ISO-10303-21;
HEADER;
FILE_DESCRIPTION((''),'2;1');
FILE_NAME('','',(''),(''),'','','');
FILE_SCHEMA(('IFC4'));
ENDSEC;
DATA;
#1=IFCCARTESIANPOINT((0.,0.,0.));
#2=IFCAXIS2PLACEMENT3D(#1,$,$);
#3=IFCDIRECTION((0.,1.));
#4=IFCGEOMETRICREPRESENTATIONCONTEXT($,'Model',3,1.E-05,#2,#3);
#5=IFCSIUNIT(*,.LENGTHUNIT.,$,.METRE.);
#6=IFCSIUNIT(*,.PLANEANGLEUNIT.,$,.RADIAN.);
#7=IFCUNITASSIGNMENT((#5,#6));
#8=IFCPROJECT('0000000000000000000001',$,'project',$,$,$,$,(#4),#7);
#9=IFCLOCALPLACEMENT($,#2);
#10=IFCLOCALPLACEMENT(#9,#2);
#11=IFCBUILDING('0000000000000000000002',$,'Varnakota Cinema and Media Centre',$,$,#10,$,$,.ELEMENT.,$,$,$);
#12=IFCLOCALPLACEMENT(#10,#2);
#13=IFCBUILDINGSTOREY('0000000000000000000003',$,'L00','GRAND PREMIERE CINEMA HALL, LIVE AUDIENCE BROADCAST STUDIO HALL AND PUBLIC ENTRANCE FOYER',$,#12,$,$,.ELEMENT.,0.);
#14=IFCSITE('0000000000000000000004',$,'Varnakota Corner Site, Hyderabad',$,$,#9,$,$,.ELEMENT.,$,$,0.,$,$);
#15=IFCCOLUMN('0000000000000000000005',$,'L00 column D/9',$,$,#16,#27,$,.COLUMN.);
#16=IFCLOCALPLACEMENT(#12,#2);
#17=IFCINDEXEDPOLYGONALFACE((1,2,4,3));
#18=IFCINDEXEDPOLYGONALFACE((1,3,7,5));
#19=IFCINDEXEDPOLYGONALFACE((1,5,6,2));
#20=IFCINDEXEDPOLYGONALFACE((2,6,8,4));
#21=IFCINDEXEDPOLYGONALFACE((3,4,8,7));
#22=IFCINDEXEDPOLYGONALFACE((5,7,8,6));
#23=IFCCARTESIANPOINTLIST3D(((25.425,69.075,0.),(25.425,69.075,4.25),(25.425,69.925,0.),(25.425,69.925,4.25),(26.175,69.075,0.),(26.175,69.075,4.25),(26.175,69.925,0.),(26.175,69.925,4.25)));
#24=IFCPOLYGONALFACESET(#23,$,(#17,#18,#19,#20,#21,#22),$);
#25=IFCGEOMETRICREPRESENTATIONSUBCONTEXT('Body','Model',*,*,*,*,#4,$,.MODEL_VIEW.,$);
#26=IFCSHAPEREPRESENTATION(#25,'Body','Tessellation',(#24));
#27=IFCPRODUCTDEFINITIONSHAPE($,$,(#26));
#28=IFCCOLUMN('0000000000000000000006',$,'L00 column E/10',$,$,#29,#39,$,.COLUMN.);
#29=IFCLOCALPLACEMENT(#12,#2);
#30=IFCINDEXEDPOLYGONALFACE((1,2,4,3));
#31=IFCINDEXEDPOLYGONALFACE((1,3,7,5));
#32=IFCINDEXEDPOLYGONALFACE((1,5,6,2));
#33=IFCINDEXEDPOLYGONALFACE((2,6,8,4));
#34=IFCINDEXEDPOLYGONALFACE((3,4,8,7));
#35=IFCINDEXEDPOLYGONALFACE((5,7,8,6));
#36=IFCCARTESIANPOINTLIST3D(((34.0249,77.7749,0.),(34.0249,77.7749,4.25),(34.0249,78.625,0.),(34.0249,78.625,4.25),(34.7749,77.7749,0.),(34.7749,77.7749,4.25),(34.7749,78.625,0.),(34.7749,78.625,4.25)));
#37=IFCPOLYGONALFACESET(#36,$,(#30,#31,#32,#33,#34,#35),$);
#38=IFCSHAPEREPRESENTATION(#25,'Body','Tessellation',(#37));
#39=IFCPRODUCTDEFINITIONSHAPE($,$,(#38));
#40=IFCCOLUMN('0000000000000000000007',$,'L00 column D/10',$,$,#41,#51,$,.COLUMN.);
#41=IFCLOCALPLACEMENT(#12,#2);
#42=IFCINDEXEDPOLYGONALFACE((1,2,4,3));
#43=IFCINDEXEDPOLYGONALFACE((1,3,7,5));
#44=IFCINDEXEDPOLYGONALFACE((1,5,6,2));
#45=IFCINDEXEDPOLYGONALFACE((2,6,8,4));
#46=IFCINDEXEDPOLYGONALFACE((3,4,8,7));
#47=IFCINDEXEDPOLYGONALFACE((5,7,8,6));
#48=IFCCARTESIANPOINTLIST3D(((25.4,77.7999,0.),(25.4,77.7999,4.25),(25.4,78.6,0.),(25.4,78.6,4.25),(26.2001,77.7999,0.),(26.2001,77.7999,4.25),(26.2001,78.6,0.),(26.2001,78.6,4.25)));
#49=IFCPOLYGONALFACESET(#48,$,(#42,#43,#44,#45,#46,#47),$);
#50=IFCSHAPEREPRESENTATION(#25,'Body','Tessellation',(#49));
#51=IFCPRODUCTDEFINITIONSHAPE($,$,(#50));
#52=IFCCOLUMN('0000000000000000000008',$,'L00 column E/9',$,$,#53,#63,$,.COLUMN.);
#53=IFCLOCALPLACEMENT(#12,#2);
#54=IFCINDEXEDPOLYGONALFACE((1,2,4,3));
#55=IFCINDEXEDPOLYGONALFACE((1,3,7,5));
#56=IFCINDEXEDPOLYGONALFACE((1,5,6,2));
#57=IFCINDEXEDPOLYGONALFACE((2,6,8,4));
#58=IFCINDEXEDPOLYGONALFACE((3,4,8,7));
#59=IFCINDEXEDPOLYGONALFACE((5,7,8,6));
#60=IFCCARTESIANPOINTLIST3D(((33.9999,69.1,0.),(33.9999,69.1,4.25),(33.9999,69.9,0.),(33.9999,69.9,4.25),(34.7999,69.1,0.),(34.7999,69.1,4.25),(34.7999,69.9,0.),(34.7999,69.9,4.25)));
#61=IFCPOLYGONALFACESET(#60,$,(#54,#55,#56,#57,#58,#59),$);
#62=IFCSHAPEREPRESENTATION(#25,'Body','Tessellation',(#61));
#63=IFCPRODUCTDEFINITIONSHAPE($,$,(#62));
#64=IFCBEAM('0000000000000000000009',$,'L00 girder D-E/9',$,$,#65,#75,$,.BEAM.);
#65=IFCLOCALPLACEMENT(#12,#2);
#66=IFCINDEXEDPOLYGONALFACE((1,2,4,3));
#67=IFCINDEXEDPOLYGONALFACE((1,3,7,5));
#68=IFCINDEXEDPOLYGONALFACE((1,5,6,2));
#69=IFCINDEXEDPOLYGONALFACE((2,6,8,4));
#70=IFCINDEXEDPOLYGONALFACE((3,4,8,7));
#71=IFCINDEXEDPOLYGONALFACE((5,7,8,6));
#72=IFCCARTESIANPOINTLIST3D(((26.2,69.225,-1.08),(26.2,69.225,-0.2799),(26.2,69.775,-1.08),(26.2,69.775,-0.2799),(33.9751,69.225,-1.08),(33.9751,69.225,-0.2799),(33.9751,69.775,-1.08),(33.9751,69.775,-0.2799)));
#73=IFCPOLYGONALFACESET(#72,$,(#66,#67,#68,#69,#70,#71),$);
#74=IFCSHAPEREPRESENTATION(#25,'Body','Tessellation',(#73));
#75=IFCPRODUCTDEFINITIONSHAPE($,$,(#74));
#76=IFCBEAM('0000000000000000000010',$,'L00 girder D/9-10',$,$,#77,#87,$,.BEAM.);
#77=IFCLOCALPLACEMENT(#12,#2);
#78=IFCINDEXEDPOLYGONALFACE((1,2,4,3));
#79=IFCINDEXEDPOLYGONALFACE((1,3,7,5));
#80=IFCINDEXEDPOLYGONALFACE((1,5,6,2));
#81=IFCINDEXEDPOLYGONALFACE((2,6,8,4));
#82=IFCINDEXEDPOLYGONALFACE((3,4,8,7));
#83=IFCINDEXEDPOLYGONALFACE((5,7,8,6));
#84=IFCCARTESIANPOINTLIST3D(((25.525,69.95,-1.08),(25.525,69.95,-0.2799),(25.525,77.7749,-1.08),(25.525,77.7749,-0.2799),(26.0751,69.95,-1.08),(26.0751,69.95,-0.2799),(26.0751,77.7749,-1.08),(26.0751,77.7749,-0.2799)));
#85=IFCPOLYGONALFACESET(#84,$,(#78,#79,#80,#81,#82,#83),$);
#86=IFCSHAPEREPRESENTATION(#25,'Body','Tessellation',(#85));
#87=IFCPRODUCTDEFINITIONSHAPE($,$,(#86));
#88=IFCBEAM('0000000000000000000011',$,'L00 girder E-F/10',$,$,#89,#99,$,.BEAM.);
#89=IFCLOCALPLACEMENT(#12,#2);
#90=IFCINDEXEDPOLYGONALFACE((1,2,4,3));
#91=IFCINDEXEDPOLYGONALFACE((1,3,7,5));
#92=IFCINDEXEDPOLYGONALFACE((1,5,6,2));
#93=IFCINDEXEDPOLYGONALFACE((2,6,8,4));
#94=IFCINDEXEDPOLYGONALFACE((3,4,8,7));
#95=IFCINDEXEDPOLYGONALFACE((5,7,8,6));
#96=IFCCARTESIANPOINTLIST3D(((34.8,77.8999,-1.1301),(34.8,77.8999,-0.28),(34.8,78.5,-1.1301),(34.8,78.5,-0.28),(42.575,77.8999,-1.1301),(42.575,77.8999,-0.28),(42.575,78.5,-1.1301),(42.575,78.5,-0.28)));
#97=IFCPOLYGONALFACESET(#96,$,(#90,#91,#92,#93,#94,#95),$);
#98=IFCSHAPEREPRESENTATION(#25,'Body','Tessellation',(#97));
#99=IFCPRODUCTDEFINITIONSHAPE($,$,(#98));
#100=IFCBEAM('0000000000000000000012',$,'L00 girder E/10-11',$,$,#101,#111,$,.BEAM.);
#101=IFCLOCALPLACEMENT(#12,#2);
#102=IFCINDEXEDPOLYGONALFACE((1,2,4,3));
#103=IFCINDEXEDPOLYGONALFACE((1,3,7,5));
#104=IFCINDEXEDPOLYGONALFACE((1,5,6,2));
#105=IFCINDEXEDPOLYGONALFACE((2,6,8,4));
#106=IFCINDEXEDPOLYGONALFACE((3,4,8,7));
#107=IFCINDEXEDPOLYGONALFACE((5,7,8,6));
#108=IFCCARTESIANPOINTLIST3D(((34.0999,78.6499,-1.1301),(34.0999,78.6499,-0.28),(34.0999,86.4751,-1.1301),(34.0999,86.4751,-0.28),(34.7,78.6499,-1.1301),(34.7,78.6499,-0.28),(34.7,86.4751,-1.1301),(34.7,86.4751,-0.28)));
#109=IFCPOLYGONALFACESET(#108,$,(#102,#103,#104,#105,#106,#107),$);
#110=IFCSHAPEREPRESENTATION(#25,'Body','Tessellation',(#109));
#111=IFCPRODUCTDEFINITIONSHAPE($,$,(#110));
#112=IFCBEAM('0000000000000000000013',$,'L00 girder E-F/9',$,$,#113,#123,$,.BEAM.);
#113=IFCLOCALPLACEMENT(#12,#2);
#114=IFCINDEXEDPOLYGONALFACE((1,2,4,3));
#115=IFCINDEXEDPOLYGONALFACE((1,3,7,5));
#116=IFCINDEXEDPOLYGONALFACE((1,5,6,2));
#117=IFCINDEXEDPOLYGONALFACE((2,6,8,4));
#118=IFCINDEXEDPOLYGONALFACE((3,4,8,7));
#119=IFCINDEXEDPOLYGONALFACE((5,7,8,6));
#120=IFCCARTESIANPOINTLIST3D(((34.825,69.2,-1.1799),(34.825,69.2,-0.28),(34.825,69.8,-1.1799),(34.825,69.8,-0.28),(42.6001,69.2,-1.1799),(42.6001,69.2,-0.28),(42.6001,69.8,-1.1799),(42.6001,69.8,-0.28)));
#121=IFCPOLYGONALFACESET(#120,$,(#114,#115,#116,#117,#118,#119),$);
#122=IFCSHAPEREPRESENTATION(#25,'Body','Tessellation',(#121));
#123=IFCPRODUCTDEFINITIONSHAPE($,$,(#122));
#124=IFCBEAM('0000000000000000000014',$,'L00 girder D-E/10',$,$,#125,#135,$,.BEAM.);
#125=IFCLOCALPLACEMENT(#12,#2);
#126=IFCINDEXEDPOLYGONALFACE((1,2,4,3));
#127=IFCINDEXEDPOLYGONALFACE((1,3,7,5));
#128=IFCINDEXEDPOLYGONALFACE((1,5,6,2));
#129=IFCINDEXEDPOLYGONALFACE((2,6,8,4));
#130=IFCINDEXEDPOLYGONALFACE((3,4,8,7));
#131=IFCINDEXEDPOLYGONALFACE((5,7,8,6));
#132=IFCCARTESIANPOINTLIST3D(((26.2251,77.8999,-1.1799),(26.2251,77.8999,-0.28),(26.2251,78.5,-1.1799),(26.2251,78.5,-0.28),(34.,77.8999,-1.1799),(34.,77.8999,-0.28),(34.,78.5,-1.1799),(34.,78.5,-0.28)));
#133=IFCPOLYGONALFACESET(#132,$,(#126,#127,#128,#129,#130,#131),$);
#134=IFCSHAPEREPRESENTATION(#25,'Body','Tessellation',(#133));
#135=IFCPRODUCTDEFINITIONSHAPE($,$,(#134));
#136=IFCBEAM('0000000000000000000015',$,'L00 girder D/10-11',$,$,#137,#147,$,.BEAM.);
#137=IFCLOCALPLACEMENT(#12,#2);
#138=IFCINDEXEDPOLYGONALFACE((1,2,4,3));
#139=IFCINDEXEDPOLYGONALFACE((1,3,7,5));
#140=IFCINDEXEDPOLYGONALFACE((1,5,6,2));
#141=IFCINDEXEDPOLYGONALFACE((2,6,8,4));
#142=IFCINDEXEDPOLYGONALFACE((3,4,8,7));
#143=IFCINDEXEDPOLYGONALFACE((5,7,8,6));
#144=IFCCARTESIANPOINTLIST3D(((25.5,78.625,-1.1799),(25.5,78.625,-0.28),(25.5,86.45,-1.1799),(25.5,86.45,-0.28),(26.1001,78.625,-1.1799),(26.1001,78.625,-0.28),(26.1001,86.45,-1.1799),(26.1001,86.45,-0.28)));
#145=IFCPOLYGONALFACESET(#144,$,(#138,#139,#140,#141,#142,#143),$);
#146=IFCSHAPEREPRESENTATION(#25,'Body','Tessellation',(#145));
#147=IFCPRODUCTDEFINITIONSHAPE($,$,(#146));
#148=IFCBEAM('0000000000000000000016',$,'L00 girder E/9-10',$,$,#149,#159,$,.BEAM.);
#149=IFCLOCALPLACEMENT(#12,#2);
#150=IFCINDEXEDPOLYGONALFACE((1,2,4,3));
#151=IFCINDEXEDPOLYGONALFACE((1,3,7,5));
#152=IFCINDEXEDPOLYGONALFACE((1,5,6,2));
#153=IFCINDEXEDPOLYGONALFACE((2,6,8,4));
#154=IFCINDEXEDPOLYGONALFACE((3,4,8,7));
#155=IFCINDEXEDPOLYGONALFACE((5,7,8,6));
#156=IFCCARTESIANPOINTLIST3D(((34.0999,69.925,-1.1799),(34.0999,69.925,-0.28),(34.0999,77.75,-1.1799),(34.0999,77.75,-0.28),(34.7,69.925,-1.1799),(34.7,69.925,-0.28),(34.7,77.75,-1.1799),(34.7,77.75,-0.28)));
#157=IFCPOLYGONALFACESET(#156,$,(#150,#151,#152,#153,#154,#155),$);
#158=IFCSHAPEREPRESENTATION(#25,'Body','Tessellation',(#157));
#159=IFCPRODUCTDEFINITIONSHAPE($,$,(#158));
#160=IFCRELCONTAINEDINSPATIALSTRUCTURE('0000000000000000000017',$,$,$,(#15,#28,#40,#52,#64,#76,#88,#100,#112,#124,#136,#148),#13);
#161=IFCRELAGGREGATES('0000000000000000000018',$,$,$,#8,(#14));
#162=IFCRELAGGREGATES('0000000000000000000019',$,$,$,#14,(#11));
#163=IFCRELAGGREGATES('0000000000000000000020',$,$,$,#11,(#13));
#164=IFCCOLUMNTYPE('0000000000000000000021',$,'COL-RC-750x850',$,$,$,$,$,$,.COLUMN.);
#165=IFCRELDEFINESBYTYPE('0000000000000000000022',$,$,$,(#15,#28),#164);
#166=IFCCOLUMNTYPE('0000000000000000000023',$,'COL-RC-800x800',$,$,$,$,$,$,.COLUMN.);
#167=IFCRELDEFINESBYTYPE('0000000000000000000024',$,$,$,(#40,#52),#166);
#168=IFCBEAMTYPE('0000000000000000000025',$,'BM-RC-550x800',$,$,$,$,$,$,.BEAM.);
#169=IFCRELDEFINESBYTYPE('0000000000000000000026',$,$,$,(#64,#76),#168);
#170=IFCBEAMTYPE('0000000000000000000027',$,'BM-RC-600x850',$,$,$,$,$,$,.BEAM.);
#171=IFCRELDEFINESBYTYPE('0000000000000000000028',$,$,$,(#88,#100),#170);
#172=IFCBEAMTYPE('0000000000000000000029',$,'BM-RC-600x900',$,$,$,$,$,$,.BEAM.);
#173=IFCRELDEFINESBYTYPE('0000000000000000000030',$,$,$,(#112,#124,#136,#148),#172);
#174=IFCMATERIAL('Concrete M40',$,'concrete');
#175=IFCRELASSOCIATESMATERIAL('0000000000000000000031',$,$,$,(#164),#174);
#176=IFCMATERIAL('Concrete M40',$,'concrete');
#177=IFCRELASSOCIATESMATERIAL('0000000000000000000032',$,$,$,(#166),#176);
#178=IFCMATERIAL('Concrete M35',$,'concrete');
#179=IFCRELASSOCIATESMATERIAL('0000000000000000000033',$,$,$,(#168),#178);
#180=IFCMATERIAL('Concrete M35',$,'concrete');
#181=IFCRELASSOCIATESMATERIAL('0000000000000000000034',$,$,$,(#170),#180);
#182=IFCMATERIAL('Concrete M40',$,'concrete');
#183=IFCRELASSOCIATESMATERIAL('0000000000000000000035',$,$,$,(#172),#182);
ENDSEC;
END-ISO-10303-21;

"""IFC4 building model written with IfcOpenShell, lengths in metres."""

from ifc_helpers import new_model, si_unit, direction, frame, origin, origin_2d, place, context, subcontext, project, spatial, rectangle, extrude, material, material_profile, profile_set, type_object, element, save


model = new_model("IFC4")

# Units and contexts
model_context = context("Model", 3, precision=1e-05, world=origin(), true_north=direction((0.0, 1.0)))
body_context = subcontext(model_context, "Body", "Model", "MODEL_VIEW")
ifc_project = project(units=[si_unit("LENGTHUNIT", "METRE"), si_unit("PLANEANGLEUNIT", "RADIAN")], contexts=[model_context])

# Site, building, storey
site_placement = place(None, origin())
site = spatial("IfcSite", under=ifc_project, at=site_placement, Name="Varnakota Corner Site, Hyderabad", CompositionType="ELEMENT", RefElevation=0.0)
building_placement = place(site_placement, origin())
building = spatial("IfcBuilding", under=site, at=building_placement, Name="Varnakota Cinema and Media Centre", CompositionType="ELEMENT")
storey_placement = place(building_placement, origin())
storey = spatial("IfcBuildingStorey", under=building, at=storey_placement, Name="L00", Description="GRAND PREMIERE CINEMA HALL, LIVE AUDIENCE BROADCAST STUDIO HALL AND PUBLIC ENTRANCE FOYER", CompositionType="ELEMENT", Elevation=0.0)

# Columns
ifc_material_1 = material(Name="Concrete M40", Category="concrete")
ifc_material_profile_1 = material_profile(ifc_material_1, rectangle(XDim=0.75, YDim=0.8501, at=origin_2d()), Name="RC 750x850")
ifc_profile_set_1 = profile_set([ifc_material_profile_1], Name="Concrete M40")
column_type_1 = type_object("IfcColumnType", Name="COL-RC-750x850", PredefinedType="COLUMN", material=ifc_profile_set_1)
for number, where, z_axis, x_axis, name in (
    (1, (25.8, 69.5, 0.0), (0.0, 0.0, 1.0), (1.0, 0.0, 0.0), "L00 column D/9"),
    (2, (34.3999, 78.2, 0.0), (0.0, 0.0, 1.0), (1.0, 0.0, 0.0), "L00 column E/10"),
):
    element("IfcColumn", number, at=place(storey_placement, frame(where, z_axis=z_axis, x_axis=x_axis)), inside=storey, type_object=column_type_1, Name=name, PredefinedType="COLUMN", context=body_context, shape_type="SweptSolid", body=[
        extrude(rectangle(XDim=0.75, YDim=0.8501, at=origin_2d()), origin(), (0.0, 0.0, 1.0), 4.25),
    ])
ifc_material_2 = material(Name="Concrete M40", Category="concrete")
ifc_material_profile_2 = material_profile(ifc_material_2, rectangle(XDim=0.8, YDim=0.8, at=origin_2d()), Name="RC 800x800")
ifc_profile_set_2 = profile_set([ifc_material_profile_2], Name="Concrete M40")
column_type_2 = type_object("IfcColumnType", Name="COL-RC-800x800", PredefinedType="COLUMN", material=ifc_profile_set_2)
for number, where, z_axis, x_axis, name in (
    (3, (25.8, 78.2, 0.0), (0.0, 0.0, 1.0), (1.0, 0.0, 0.0), "L00 column D/10"),
    (4, (34.3999, 69.5, 0.0), (0.0, 0.0, 1.0), (1.0, 0.0, 0.0), "L00 column E/9"),
):
    element("IfcColumn", number, at=place(storey_placement, frame(where, z_axis=z_axis, x_axis=x_axis)), inside=storey, type_object=column_type_2, Name=name, PredefinedType="COLUMN", context=body_context, shape_type="SweptSolid", body=[
        extrude(rectangle(XDim=0.8, YDim=0.8, at=origin_2d()), origin(), (0.0, 0.0, 1.0), 4.25),
    ])

# Beams
ifc_material_3 = material(Name="Concrete M35", Category="concrete")
ifc_material_profile_3 = material_profile(ifc_material_3, rectangle(XDim=0.55, YDim=0.8, at=origin_2d()), Name="RCB 550x800")
ifc_profile_set_3 = profile_set([ifc_material_profile_3], Name="Concrete M35")
beam_type_1 = type_object("IfcBeamType", Name="BM-RC-550x800", PredefinedType="BEAM", material=ifc_profile_set_3)
beam_1_placement = place(storey_placement, frame((26.2, 69.5, -0.6799), z_axis=(1.0, 0.0, 0.0), x_axis=(0.0, 1.0, 0.0)))
element("IfcBeam", 5, at=beam_1_placement, inside=storey, type_object=beam_type_1, Name="L00 girder D-E/9", PredefinedType="BEAM", context=body_context, shape_type="SweptSolid", body=[
    extrude(rectangle(XDim=0.55, YDim=0.8, at=origin_2d()), origin(), (0.0, 0.0, 1.0), 7.7751),
])
beam_2_placement = place(storey_placement, frame((25.8, 69.95, -0.6799), z_axis=(0.0, 1.0, 0.0), x_axis=(-1.0, 0.0, 0.0)))
element("IfcBeam", 6, at=beam_2_placement, inside=storey, type_object=beam_type_1, Name="L00 girder D/9-10", PredefinedType="BEAM", context=body_context, shape_type="SweptSolid", body=[
    extrude(rectangle(XDim=0.55, YDim=0.8, at=origin_2d()), origin(), (0.0, 0.0, 1.0), 7.825),
])
ifc_material_4 = material(Name="Concrete M35", Category="concrete")
ifc_material_profile_4 = material_profile(ifc_material_4, rectangle(XDim=0.6001, YDim=0.8501, at=origin_2d()), Name="RCB 600x850")
ifc_profile_set_4 = profile_set([ifc_material_profile_4], Name="Concrete M35")
beam_type_2 = type_object("IfcBeamType", Name="BM-RC-600x850", PredefinedType="BEAM", material=ifc_profile_set_4)
beam_3_placement = place(storey_placement, frame((34.8, 78.2, -0.7051), z_axis=(1.0, 0.0, 0.0), x_axis=(0.0, 1.0, 0.0)))
element("IfcBeam", 7, at=beam_3_placement, inside=storey, type_object=beam_type_2, Name="L00 girder E-F/10", PredefinedType="BEAM", context=body_context, shape_type="SweptSolid", body=[
    extrude(rectangle(XDim=0.6001, YDim=0.8501, at=origin_2d()), origin(), (0.0, 0.0, 1.0), 7.7749),
])
beam_4_placement = place(storey_placement, frame((34.3999, 78.6499, -0.7051), z_axis=(0.0, 1.0, 0.0), x_axis=(-1.0, 0.0, 0.0)))
element("IfcBeam", 8, at=beam_4_placement, inside=storey, type_object=beam_type_2, Name="L00 girder E/10-11", PredefinedType="BEAM", context=body_context, shape_type="SweptSolid", body=[
    extrude(rectangle(XDim=0.6001, YDim=0.8501, at=origin_2d()), origin(), (0.0, 0.0, 1.0), 7.8252),
])
ifc_material_5 = material(Name="Concrete M40", Category="concrete")
ifc_material_profile_5 = material_profile(ifc_material_5, rectangle(XDim=0.6001, YDim=0.8999, at=origin_2d()), Name="RCB 600x900")
ifc_profile_set_5 = profile_set([ifc_material_profile_5], Name="Concrete M40")
beam_type_3 = type_object("IfcBeamType", Name="BM-RC-600x900", PredefinedType="BEAM", material=ifc_profile_set_5)
beam_5_placement = place(storey_placement, frame((34.825, 69.5, -0.73), z_axis=(1.0, 0.0, 0.0), x_axis=(0.0, 1.0, 0.0)))
element("IfcBeam", 9, at=beam_5_placement, inside=storey, type_object=beam_type_3, Name="L00 girder E-F/9", PredefinedType="BEAM", context=body_context, shape_type="SweptSolid", body=[
    extrude(rectangle(XDim=0.6001, YDim=0.8999, at=origin_2d()), origin(), (0.0, 0.0, 1.0), 7.7751),
])
beam_6_placement = place(storey_placement, frame((26.2251, 78.2, -0.73), z_axis=(1.0, 0.0, 0.0), x_axis=(0.0, 1.0, 0.0)))
element("IfcBeam", 10, at=beam_6_placement, inside=storey, type_object=beam_type_3, Name="L00 girder D-E/10", PredefinedType="BEAM", context=body_context, shape_type="SweptSolid", body=[
    extrude(rectangle(XDim=0.6001, YDim=0.8999, at=origin_2d()), origin(), (0.0, 0.0, 1.0), 7.7749),
])
for number, where, z_axis, x_axis, name in (
    (11, (25.8, 78.625, -0.73), (0.0, 1.0, 0.0), (-1.0, 0.0, 0.0), "L00 girder D/10-11"),
    (12, (34.3999, 69.925, -0.73), (0.0, 1.0, 0.0), (-1.0, 0.0, 0.0), "L00 girder E/9-10"),
):
    element("IfcBeam", number, at=place(storey_placement, frame(where, z_axis=z_axis, x_axis=x_axis)), inside=storey, type_object=beam_type_3, Name=name, PredefinedType="BEAM", context=body_context, shape_type="SweptSolid", body=[
        extrude(rectangle(XDim=0.6001, YDim=0.8999, at=origin_2d()), origin(), (0.0, 0.0, 1.0), 7.825),
    ])

save(model, "model.ifc")
